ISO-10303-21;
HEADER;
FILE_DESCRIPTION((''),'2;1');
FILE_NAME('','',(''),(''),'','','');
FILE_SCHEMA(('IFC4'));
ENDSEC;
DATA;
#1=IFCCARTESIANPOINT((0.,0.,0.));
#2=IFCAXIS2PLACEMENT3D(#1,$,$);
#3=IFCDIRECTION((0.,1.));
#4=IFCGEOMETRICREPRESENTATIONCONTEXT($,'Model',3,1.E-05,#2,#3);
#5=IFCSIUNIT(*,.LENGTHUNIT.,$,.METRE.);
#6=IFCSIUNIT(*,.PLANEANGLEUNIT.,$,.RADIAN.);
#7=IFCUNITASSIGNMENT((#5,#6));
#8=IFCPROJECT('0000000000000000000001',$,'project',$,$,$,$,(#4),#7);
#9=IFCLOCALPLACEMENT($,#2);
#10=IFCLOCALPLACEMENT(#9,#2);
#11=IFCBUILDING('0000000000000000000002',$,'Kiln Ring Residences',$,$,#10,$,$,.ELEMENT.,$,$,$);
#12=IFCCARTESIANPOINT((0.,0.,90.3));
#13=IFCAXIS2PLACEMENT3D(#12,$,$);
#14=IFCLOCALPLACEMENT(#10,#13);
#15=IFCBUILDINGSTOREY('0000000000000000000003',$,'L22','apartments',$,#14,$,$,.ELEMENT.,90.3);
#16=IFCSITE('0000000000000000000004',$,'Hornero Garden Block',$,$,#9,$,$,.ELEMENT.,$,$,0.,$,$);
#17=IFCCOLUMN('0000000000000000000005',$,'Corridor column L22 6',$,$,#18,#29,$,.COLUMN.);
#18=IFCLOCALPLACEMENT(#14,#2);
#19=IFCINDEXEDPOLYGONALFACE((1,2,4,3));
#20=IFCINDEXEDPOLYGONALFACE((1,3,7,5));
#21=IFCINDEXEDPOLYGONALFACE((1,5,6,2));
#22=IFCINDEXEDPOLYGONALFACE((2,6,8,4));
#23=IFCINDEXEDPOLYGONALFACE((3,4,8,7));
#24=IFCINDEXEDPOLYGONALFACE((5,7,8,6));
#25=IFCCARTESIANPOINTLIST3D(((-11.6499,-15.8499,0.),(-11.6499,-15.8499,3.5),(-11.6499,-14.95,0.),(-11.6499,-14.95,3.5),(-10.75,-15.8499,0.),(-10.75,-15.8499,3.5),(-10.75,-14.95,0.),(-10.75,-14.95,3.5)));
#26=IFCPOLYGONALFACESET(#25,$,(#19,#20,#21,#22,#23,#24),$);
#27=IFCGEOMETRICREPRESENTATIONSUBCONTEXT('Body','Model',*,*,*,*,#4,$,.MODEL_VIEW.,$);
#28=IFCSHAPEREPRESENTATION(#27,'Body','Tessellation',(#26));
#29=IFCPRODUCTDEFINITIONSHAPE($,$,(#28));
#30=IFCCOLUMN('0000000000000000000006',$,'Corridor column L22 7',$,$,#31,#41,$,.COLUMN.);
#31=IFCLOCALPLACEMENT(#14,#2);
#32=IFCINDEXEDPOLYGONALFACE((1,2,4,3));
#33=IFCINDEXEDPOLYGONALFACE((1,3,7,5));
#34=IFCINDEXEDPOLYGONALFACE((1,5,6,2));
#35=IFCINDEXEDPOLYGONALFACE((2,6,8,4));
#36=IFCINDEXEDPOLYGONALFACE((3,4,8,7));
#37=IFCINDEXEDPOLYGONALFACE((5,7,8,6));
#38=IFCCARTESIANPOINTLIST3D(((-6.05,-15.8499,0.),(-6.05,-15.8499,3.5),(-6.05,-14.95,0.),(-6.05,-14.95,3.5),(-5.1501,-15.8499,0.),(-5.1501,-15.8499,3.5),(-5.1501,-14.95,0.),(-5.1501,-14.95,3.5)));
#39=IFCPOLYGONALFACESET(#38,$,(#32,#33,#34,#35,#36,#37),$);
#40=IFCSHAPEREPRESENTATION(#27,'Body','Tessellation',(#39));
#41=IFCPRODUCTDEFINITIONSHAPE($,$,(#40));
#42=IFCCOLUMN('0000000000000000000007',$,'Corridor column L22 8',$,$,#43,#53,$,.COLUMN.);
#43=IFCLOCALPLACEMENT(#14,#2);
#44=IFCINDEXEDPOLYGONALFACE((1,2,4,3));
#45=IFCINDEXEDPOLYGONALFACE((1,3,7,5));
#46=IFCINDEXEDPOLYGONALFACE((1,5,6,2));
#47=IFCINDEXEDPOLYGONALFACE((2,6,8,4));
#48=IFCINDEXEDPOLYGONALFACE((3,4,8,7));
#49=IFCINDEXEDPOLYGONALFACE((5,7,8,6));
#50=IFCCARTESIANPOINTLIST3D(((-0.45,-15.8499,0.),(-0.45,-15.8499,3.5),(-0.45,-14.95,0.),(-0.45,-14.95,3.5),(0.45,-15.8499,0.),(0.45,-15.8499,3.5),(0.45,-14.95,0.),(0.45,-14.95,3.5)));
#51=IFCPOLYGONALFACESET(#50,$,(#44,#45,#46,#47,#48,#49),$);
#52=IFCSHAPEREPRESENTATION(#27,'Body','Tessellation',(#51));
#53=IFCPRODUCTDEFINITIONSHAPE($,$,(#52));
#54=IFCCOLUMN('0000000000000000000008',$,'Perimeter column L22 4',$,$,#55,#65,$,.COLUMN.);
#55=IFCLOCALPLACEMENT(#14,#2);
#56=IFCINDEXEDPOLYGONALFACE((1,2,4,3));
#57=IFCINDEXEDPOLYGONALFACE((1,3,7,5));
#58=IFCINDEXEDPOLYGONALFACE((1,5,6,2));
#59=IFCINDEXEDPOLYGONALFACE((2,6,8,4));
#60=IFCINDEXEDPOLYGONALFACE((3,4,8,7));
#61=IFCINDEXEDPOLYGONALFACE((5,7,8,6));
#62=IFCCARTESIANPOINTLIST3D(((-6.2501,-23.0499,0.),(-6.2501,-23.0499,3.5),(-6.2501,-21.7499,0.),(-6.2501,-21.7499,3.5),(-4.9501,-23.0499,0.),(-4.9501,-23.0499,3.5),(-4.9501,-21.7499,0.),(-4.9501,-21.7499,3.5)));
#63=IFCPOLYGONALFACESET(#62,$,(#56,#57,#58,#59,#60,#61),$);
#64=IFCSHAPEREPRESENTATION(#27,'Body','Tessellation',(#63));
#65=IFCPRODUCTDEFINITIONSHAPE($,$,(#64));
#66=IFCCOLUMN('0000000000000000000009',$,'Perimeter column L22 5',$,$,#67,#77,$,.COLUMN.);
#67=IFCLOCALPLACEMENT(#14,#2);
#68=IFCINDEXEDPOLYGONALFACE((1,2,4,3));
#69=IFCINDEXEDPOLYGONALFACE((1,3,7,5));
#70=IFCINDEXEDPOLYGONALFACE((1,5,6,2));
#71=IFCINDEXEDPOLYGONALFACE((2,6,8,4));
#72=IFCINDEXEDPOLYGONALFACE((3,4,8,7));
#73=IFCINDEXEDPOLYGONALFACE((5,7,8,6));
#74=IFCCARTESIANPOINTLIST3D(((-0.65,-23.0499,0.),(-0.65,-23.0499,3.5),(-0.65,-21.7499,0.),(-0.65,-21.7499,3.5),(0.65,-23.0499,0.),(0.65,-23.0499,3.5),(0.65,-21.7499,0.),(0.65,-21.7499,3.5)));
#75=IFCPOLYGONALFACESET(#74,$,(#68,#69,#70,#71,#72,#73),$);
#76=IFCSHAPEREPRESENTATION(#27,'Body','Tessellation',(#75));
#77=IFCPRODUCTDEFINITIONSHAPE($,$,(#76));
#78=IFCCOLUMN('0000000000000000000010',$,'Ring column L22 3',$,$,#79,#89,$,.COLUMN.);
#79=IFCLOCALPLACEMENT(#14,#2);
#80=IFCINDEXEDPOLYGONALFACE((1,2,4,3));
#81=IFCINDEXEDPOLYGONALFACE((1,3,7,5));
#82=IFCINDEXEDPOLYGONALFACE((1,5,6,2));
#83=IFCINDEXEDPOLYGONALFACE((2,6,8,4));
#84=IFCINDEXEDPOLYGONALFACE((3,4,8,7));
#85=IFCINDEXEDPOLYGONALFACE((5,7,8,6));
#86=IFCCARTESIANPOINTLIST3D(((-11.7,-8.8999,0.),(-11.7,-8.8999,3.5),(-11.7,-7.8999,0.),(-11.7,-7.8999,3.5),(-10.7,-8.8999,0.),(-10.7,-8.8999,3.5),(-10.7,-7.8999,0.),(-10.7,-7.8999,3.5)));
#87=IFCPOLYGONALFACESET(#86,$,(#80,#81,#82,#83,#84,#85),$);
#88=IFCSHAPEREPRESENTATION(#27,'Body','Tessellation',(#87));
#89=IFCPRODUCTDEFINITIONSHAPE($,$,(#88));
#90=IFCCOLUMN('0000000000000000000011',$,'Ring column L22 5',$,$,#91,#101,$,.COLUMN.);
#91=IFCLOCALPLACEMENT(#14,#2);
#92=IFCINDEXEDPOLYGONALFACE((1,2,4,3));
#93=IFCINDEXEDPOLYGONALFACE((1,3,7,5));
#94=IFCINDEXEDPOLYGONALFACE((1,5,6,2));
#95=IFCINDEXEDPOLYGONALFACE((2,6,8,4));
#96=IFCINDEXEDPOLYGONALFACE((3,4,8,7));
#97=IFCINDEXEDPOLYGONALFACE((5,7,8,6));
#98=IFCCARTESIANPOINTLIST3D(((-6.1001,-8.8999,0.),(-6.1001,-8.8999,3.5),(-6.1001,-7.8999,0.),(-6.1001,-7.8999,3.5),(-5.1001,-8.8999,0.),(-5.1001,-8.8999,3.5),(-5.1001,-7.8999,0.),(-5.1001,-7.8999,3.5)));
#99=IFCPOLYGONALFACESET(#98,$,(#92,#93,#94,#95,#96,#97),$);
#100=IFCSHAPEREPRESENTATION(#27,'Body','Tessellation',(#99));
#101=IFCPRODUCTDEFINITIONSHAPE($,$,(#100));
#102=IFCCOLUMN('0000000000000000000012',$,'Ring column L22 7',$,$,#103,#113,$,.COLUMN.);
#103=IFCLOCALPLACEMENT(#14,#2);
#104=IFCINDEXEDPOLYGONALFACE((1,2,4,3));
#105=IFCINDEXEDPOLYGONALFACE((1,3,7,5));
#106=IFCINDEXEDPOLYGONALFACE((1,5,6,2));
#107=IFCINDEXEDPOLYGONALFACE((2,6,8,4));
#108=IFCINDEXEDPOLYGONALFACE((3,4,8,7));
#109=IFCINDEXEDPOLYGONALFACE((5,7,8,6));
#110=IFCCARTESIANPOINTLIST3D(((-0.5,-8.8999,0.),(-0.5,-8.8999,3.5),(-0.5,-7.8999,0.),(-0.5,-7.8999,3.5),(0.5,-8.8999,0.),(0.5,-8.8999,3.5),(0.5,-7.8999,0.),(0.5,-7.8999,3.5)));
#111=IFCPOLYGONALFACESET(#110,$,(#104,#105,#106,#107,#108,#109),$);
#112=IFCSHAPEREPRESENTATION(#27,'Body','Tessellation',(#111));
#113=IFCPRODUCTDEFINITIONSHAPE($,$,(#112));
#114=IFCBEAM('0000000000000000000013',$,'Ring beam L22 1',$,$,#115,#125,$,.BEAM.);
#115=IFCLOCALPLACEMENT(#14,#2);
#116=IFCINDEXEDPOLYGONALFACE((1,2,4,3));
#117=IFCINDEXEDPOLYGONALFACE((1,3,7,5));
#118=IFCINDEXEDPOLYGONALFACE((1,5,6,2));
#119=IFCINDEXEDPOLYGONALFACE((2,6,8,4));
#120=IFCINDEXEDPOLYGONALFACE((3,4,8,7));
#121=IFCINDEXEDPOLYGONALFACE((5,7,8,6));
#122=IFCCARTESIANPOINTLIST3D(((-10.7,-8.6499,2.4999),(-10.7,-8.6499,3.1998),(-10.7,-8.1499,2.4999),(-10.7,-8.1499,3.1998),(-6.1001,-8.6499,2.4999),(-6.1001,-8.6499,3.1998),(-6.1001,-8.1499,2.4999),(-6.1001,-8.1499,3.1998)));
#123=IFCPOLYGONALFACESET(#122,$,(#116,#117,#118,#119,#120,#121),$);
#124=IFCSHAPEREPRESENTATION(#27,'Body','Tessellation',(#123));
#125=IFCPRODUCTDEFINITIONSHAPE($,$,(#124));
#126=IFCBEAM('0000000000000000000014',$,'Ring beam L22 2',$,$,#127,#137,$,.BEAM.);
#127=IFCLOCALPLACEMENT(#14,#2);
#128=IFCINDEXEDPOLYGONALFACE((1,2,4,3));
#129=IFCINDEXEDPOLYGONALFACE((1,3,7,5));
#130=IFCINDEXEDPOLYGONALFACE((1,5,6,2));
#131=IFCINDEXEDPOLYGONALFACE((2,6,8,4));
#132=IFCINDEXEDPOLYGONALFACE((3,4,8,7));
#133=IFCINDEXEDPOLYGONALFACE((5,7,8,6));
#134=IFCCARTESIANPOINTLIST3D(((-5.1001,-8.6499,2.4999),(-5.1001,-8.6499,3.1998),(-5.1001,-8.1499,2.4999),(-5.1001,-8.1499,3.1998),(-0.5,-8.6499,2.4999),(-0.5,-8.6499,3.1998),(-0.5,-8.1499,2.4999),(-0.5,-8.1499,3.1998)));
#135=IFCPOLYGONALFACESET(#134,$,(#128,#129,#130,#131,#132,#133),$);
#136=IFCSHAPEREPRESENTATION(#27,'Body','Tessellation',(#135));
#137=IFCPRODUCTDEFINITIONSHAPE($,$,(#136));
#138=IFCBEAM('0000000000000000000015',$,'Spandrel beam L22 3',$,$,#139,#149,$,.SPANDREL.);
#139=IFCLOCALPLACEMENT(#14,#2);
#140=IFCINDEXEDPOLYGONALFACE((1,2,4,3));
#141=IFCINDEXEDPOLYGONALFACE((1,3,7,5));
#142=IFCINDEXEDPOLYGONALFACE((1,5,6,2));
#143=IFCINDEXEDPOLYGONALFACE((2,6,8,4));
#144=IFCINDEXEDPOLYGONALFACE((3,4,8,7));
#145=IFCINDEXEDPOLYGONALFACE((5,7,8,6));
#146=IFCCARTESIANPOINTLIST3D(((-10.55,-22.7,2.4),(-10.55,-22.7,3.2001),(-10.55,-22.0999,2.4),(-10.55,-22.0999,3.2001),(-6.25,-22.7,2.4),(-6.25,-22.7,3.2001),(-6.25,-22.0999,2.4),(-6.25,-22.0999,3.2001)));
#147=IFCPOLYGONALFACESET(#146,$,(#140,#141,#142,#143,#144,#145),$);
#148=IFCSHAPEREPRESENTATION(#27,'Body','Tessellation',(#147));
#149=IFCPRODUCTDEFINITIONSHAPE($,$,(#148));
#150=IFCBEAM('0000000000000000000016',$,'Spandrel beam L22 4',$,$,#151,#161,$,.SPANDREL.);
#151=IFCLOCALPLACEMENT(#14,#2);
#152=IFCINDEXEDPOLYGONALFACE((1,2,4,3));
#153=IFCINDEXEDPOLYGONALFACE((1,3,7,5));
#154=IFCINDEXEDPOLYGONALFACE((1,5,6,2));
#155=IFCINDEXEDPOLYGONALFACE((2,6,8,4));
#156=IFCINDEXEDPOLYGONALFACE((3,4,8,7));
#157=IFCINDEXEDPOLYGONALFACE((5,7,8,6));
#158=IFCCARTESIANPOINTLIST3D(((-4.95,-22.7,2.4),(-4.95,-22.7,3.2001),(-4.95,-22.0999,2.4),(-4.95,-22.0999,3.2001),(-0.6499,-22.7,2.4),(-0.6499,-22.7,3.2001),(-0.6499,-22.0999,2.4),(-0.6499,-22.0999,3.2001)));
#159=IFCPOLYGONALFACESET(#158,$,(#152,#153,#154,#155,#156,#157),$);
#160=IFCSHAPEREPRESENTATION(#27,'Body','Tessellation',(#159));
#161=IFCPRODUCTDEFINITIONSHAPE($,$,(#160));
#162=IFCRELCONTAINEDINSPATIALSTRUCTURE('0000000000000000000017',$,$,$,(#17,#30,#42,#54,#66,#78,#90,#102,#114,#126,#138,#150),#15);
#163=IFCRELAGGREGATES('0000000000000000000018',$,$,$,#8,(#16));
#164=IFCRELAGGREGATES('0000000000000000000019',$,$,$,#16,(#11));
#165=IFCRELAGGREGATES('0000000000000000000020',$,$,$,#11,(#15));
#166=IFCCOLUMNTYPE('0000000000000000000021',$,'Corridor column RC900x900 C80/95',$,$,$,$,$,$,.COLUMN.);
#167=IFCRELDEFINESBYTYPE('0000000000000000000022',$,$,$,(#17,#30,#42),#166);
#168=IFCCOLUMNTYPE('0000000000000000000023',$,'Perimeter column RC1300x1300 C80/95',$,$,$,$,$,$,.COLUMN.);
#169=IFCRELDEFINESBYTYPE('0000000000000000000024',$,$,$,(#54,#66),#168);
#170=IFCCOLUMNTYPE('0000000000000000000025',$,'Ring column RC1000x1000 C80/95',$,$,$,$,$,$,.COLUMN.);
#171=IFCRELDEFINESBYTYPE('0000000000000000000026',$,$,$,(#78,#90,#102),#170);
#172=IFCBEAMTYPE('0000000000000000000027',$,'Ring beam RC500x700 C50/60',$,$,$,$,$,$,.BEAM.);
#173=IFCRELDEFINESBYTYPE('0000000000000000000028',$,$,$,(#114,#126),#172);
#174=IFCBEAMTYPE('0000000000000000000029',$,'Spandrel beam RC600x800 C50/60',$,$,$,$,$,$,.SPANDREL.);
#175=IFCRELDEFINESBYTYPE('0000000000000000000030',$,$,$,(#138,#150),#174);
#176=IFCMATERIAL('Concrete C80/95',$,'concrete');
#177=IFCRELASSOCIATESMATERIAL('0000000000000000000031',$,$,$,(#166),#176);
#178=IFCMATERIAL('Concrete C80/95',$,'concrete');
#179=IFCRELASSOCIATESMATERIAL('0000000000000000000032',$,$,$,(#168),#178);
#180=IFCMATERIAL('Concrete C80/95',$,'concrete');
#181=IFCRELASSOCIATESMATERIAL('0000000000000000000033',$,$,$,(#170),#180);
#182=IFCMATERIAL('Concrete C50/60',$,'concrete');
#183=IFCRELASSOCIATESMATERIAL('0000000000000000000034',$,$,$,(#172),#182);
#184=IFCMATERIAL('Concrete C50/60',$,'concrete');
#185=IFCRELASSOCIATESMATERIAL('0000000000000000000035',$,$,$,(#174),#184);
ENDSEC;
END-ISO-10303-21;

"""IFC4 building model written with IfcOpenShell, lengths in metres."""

from ifc_helpers import new_model, si_unit, direction, frame, origin, origin_2d, place, context, subcontext, project, spatial, rectangle, extrude, material, material_profile, profile_set, type_object, element, save


model = new_model("IFC4")

# Units and contexts
model_context = context("Model", 3, precision=1e-05, world=origin(), true_north=direction((0.0, 1.0)))
body_context = subcontext(model_context, "Body", "Model", "MODEL_VIEW")
ifc_project = project(units=[si_unit("LENGTHUNIT", "METRE"), si_unit("PLANEANGLEUNIT", "RADIAN")], contexts=[model_context])

# Site, building, storey
site_placement = place(None, origin())
site = spatial("IfcSite", under=ifc_project, at=site_placement, Name="Hornero Garden Block", CompositionType="ELEMENT", RefElevation=0.0)
building_placement = place(site_placement, origin())
building = spatial("IfcBuilding", under=site, at=building_placement, Name="Kiln Ring Residences", CompositionType="ELEMENT")
storey_placement = place(building_placement, frame((0.0, 0.0, 90.3)))
storey = spatial("IfcBuildingStorey", under=building, at=storey_placement, Name="L22", Description="apartments", CompositionType="ELEMENT", Elevation=90.3)

# Columns
ifc_material_1 = material(Name="Concrete C80/95", Category="concrete")
ifc_material_profile_1 = material_profile(ifc_material_1, rectangle(XDim=0.8999, YDim=0.8999, at=origin_2d()), Name="RC900x900")
ifc_profile_set_1 = profile_set([ifc_material_profile_1], Name="Concrete C80/95")
column_type_1 = type_object("IfcColumnType", Name="Corridor column RC900x900 C80/95", PredefinedType="COLUMN", material=ifc_profile_set_1)
for number, where, z_axis, x_axis, name in (
    (1, (-11.2, -15.3999, 0.0), (0.0, 0.0, 1.0), (1.0, 0.0, 0.0), "Corridor column L22 6"),
    (2, (-5.6001, -15.3999, 0.0), (0.0, 0.0, 1.0), (1.0, 0.0, 0.0), "Corridor column L22 7"),
    (3, (0.0, -15.3999, 0.0), (0.0, 0.0, 1.0), (1.0, 0.0, 0.0), "Corridor column L22 8"),
):
    element("IfcColumn", number, at=place(storey_placement, frame(where, z_axis=z_axis, x_axis=x_axis)), inside=storey, type_object=column_type_1, Name=name, PredefinedType="COLUMN", context=body_context, shape_type="SweptSolid", body=[
        extrude(rectangle(XDim=0.8999, YDim=0.8999, at=origin_2d()), origin(), (0.0, 0.0, 1.0), 3.5),
    ])
ifc_material_2 = material(Name="Concrete C80/95", Category="concrete")
ifc_material_profile_2 = material_profile(ifc_material_2, rectangle(XDim=1.3, YDim=1.3, at=origin_2d()), Name="RC1300x1300")
ifc_profile_set_2 = profile_set([ifc_material_profile_2], Name="Concrete C80/95")
column_type_2 = type_object("IfcColumnType", Name="Perimeter column RC1300x1300 C80/95", PredefinedType="COLUMN", material=ifc_profile_set_2)
for number, where, z_axis, x_axis, name in (
    (4, (-5.6001, -22.3999, 0.0), (0.0, 0.0, 1.0), (1.0, 0.0, 0.0), "Perimeter column L22 4"),
    (5, (0.0, -22.3999, 0.0), (0.0, 0.0, 1.0), (1.0, 0.0, 0.0), "Perimeter column L22 5"),
):
    element("IfcColumn", number, at=place(storey_placement, frame(where, z_axis=z_axis, x_axis=x_axis)), inside=storey, type_object=column_type_2, Name=name, PredefinedType="COLUMN", context=body_context, shape_type="SweptSolid", body=[
        extrude(rectangle(XDim=1.3, YDim=1.3, at=origin_2d()), origin(), (0.0, 0.0, 1.0), 3.5),
    ])
ifc_material_3 = material(Name="Concrete C80/95", Category="concrete")
ifc_material_profile_3 = material_profile(ifc_material_3, rectangle(XDim=1.0, YDim=1.0, at=origin_2d()), Name="RC1000x1000")
ifc_profile_set_3 = profile_set([ifc_material_profile_3], Name="Concrete C80/95")
column_type_3 = type_object("IfcColumnType", Name="Ring column RC1000x1000 C80/95", PredefinedType="COLUMN", material=ifc_profile_set_3)
for number, where, z_axis, x_axis, name in (
    (6, (-11.2, -8.3999, 0.0), (0.0, 0.0, 1.0), (1.0, 0.0, 0.0), "Ring column L22 3"),
    (7, (-5.6001, -8.3999, 0.0), (0.0, 0.0, 1.0), (1.0, 0.0, 0.0), "Ring column L22 5"),
    (8, (0.0, -8.3999, 0.0), (0.0, 0.0, 1.0), (1.0, 0.0, 0.0), "Ring column L22 7"),
):
    element("IfcColumn", number, at=place(storey_placement, frame(where, z_axis=z_axis, x_axis=x_axis)), inside=storey, type_object=column_type_3, Name=name, PredefinedType="COLUMN", context=body_context, shape_type="SweptSolid", body=[
        extrude(rectangle(XDim=1.0, YDim=1.0, at=origin_2d()), origin(), (0.0, 0.0, 1.0), 3.5),
    ])

# Beams
ifc_material_4 = material(Name="Concrete C50/60", Category="concrete")
ifc_material_profile_4 = material_profile(ifc_material_4, rectangle(XDim=0.5, YDim=0.7, at=origin_2d()), Name="RC500x700")
ifc_profile_set_4 = profile_set([ifc_material_profile_4], Name="Concrete C50/60")
beam_type_1 = type_object("IfcBeamType", Name="Ring beam RC500x700 C50/60", PredefinedType="BEAM", material=ifc_profile_set_4)
beam_1_placement = place(storey_placement, frame((-10.7, -8.3999, 2.8499), z_axis=(1.0, 0.0, 0.0), x_axis=(0.0, 1.0, 0.0)))
element("IfcBeam", 9, at=beam_1_placement, inside=storey, type_object=beam_type_1, Name="Ring beam L22 1", PredefinedType="BEAM", context=body_context, shape_type="SweptSolid", body=[
    extrude(rectangle(XDim=0.5, YDim=0.7, at=origin_2d()), origin(), (0.0, 0.0, 1.0), 4.5999),
])
beam_2_placement = place(storey_placement, frame((-5.1001, -8.3999, 2.8499), z_axis=(1.0, 0.0, 0.0), x_axis=(0.0, 1.0, 0.0)))
element("IfcBeam", 10, at=beam_2_placement, inside=storey, type_object=beam_type_1, Name="Ring beam L22 2", PredefinedType="BEAM", context=body_context, shape_type="SweptSolid", body=[
    extrude(rectangle(XDim=0.5, YDim=0.7, at=origin_2d()), origin(), (0.0, 0.0, 1.0), 4.6001),
])
ifc_material_5 = material(Name="Concrete C50/60", Category="concrete")
ifc_material_profile_5 = material_profile(ifc_material_5, rectangle(XDim=0.6001, YDim=0.8, at=origin_2d()), Name="RC600x800")
ifc_profile_set_5 = profile_set([ifc_material_profile_5], Name="Concrete C50/60")
beam_type_2 = type_object("IfcBeamType", Name="Spandrel beam RC600x800 C50/60", PredefinedType="SPANDREL", material=ifc_profile_set_5)
for number, where, z_axis, x_axis, name in (
    (11, (-10.55, -22.3999, 2.8), (1.0, 0.0, 0.0), (0.0, 1.0, 0.0), "Spandrel beam L22 3"),
    (12, (-4.95, -22.3999, 2.8), (1.0, 0.0, 0.0), (0.0, 1.0, 0.0), "Spandrel beam L22 4"),
):
    element("IfcBeam", number, at=place(storey_placement, frame(where, z_axis=z_axis, x_axis=x_axis)), inside=storey, type_object=beam_type_2, Name=name, PredefinedType="SPANDREL", context=body_context, shape_type="SweptSolid", body=[
        extrude(rectangle(XDim=0.6001, YDim=0.8, at=origin_2d()), origin(), (0.0, 0.0, 1.0), 4.3),
    ])

save(model, "model.ifc")
